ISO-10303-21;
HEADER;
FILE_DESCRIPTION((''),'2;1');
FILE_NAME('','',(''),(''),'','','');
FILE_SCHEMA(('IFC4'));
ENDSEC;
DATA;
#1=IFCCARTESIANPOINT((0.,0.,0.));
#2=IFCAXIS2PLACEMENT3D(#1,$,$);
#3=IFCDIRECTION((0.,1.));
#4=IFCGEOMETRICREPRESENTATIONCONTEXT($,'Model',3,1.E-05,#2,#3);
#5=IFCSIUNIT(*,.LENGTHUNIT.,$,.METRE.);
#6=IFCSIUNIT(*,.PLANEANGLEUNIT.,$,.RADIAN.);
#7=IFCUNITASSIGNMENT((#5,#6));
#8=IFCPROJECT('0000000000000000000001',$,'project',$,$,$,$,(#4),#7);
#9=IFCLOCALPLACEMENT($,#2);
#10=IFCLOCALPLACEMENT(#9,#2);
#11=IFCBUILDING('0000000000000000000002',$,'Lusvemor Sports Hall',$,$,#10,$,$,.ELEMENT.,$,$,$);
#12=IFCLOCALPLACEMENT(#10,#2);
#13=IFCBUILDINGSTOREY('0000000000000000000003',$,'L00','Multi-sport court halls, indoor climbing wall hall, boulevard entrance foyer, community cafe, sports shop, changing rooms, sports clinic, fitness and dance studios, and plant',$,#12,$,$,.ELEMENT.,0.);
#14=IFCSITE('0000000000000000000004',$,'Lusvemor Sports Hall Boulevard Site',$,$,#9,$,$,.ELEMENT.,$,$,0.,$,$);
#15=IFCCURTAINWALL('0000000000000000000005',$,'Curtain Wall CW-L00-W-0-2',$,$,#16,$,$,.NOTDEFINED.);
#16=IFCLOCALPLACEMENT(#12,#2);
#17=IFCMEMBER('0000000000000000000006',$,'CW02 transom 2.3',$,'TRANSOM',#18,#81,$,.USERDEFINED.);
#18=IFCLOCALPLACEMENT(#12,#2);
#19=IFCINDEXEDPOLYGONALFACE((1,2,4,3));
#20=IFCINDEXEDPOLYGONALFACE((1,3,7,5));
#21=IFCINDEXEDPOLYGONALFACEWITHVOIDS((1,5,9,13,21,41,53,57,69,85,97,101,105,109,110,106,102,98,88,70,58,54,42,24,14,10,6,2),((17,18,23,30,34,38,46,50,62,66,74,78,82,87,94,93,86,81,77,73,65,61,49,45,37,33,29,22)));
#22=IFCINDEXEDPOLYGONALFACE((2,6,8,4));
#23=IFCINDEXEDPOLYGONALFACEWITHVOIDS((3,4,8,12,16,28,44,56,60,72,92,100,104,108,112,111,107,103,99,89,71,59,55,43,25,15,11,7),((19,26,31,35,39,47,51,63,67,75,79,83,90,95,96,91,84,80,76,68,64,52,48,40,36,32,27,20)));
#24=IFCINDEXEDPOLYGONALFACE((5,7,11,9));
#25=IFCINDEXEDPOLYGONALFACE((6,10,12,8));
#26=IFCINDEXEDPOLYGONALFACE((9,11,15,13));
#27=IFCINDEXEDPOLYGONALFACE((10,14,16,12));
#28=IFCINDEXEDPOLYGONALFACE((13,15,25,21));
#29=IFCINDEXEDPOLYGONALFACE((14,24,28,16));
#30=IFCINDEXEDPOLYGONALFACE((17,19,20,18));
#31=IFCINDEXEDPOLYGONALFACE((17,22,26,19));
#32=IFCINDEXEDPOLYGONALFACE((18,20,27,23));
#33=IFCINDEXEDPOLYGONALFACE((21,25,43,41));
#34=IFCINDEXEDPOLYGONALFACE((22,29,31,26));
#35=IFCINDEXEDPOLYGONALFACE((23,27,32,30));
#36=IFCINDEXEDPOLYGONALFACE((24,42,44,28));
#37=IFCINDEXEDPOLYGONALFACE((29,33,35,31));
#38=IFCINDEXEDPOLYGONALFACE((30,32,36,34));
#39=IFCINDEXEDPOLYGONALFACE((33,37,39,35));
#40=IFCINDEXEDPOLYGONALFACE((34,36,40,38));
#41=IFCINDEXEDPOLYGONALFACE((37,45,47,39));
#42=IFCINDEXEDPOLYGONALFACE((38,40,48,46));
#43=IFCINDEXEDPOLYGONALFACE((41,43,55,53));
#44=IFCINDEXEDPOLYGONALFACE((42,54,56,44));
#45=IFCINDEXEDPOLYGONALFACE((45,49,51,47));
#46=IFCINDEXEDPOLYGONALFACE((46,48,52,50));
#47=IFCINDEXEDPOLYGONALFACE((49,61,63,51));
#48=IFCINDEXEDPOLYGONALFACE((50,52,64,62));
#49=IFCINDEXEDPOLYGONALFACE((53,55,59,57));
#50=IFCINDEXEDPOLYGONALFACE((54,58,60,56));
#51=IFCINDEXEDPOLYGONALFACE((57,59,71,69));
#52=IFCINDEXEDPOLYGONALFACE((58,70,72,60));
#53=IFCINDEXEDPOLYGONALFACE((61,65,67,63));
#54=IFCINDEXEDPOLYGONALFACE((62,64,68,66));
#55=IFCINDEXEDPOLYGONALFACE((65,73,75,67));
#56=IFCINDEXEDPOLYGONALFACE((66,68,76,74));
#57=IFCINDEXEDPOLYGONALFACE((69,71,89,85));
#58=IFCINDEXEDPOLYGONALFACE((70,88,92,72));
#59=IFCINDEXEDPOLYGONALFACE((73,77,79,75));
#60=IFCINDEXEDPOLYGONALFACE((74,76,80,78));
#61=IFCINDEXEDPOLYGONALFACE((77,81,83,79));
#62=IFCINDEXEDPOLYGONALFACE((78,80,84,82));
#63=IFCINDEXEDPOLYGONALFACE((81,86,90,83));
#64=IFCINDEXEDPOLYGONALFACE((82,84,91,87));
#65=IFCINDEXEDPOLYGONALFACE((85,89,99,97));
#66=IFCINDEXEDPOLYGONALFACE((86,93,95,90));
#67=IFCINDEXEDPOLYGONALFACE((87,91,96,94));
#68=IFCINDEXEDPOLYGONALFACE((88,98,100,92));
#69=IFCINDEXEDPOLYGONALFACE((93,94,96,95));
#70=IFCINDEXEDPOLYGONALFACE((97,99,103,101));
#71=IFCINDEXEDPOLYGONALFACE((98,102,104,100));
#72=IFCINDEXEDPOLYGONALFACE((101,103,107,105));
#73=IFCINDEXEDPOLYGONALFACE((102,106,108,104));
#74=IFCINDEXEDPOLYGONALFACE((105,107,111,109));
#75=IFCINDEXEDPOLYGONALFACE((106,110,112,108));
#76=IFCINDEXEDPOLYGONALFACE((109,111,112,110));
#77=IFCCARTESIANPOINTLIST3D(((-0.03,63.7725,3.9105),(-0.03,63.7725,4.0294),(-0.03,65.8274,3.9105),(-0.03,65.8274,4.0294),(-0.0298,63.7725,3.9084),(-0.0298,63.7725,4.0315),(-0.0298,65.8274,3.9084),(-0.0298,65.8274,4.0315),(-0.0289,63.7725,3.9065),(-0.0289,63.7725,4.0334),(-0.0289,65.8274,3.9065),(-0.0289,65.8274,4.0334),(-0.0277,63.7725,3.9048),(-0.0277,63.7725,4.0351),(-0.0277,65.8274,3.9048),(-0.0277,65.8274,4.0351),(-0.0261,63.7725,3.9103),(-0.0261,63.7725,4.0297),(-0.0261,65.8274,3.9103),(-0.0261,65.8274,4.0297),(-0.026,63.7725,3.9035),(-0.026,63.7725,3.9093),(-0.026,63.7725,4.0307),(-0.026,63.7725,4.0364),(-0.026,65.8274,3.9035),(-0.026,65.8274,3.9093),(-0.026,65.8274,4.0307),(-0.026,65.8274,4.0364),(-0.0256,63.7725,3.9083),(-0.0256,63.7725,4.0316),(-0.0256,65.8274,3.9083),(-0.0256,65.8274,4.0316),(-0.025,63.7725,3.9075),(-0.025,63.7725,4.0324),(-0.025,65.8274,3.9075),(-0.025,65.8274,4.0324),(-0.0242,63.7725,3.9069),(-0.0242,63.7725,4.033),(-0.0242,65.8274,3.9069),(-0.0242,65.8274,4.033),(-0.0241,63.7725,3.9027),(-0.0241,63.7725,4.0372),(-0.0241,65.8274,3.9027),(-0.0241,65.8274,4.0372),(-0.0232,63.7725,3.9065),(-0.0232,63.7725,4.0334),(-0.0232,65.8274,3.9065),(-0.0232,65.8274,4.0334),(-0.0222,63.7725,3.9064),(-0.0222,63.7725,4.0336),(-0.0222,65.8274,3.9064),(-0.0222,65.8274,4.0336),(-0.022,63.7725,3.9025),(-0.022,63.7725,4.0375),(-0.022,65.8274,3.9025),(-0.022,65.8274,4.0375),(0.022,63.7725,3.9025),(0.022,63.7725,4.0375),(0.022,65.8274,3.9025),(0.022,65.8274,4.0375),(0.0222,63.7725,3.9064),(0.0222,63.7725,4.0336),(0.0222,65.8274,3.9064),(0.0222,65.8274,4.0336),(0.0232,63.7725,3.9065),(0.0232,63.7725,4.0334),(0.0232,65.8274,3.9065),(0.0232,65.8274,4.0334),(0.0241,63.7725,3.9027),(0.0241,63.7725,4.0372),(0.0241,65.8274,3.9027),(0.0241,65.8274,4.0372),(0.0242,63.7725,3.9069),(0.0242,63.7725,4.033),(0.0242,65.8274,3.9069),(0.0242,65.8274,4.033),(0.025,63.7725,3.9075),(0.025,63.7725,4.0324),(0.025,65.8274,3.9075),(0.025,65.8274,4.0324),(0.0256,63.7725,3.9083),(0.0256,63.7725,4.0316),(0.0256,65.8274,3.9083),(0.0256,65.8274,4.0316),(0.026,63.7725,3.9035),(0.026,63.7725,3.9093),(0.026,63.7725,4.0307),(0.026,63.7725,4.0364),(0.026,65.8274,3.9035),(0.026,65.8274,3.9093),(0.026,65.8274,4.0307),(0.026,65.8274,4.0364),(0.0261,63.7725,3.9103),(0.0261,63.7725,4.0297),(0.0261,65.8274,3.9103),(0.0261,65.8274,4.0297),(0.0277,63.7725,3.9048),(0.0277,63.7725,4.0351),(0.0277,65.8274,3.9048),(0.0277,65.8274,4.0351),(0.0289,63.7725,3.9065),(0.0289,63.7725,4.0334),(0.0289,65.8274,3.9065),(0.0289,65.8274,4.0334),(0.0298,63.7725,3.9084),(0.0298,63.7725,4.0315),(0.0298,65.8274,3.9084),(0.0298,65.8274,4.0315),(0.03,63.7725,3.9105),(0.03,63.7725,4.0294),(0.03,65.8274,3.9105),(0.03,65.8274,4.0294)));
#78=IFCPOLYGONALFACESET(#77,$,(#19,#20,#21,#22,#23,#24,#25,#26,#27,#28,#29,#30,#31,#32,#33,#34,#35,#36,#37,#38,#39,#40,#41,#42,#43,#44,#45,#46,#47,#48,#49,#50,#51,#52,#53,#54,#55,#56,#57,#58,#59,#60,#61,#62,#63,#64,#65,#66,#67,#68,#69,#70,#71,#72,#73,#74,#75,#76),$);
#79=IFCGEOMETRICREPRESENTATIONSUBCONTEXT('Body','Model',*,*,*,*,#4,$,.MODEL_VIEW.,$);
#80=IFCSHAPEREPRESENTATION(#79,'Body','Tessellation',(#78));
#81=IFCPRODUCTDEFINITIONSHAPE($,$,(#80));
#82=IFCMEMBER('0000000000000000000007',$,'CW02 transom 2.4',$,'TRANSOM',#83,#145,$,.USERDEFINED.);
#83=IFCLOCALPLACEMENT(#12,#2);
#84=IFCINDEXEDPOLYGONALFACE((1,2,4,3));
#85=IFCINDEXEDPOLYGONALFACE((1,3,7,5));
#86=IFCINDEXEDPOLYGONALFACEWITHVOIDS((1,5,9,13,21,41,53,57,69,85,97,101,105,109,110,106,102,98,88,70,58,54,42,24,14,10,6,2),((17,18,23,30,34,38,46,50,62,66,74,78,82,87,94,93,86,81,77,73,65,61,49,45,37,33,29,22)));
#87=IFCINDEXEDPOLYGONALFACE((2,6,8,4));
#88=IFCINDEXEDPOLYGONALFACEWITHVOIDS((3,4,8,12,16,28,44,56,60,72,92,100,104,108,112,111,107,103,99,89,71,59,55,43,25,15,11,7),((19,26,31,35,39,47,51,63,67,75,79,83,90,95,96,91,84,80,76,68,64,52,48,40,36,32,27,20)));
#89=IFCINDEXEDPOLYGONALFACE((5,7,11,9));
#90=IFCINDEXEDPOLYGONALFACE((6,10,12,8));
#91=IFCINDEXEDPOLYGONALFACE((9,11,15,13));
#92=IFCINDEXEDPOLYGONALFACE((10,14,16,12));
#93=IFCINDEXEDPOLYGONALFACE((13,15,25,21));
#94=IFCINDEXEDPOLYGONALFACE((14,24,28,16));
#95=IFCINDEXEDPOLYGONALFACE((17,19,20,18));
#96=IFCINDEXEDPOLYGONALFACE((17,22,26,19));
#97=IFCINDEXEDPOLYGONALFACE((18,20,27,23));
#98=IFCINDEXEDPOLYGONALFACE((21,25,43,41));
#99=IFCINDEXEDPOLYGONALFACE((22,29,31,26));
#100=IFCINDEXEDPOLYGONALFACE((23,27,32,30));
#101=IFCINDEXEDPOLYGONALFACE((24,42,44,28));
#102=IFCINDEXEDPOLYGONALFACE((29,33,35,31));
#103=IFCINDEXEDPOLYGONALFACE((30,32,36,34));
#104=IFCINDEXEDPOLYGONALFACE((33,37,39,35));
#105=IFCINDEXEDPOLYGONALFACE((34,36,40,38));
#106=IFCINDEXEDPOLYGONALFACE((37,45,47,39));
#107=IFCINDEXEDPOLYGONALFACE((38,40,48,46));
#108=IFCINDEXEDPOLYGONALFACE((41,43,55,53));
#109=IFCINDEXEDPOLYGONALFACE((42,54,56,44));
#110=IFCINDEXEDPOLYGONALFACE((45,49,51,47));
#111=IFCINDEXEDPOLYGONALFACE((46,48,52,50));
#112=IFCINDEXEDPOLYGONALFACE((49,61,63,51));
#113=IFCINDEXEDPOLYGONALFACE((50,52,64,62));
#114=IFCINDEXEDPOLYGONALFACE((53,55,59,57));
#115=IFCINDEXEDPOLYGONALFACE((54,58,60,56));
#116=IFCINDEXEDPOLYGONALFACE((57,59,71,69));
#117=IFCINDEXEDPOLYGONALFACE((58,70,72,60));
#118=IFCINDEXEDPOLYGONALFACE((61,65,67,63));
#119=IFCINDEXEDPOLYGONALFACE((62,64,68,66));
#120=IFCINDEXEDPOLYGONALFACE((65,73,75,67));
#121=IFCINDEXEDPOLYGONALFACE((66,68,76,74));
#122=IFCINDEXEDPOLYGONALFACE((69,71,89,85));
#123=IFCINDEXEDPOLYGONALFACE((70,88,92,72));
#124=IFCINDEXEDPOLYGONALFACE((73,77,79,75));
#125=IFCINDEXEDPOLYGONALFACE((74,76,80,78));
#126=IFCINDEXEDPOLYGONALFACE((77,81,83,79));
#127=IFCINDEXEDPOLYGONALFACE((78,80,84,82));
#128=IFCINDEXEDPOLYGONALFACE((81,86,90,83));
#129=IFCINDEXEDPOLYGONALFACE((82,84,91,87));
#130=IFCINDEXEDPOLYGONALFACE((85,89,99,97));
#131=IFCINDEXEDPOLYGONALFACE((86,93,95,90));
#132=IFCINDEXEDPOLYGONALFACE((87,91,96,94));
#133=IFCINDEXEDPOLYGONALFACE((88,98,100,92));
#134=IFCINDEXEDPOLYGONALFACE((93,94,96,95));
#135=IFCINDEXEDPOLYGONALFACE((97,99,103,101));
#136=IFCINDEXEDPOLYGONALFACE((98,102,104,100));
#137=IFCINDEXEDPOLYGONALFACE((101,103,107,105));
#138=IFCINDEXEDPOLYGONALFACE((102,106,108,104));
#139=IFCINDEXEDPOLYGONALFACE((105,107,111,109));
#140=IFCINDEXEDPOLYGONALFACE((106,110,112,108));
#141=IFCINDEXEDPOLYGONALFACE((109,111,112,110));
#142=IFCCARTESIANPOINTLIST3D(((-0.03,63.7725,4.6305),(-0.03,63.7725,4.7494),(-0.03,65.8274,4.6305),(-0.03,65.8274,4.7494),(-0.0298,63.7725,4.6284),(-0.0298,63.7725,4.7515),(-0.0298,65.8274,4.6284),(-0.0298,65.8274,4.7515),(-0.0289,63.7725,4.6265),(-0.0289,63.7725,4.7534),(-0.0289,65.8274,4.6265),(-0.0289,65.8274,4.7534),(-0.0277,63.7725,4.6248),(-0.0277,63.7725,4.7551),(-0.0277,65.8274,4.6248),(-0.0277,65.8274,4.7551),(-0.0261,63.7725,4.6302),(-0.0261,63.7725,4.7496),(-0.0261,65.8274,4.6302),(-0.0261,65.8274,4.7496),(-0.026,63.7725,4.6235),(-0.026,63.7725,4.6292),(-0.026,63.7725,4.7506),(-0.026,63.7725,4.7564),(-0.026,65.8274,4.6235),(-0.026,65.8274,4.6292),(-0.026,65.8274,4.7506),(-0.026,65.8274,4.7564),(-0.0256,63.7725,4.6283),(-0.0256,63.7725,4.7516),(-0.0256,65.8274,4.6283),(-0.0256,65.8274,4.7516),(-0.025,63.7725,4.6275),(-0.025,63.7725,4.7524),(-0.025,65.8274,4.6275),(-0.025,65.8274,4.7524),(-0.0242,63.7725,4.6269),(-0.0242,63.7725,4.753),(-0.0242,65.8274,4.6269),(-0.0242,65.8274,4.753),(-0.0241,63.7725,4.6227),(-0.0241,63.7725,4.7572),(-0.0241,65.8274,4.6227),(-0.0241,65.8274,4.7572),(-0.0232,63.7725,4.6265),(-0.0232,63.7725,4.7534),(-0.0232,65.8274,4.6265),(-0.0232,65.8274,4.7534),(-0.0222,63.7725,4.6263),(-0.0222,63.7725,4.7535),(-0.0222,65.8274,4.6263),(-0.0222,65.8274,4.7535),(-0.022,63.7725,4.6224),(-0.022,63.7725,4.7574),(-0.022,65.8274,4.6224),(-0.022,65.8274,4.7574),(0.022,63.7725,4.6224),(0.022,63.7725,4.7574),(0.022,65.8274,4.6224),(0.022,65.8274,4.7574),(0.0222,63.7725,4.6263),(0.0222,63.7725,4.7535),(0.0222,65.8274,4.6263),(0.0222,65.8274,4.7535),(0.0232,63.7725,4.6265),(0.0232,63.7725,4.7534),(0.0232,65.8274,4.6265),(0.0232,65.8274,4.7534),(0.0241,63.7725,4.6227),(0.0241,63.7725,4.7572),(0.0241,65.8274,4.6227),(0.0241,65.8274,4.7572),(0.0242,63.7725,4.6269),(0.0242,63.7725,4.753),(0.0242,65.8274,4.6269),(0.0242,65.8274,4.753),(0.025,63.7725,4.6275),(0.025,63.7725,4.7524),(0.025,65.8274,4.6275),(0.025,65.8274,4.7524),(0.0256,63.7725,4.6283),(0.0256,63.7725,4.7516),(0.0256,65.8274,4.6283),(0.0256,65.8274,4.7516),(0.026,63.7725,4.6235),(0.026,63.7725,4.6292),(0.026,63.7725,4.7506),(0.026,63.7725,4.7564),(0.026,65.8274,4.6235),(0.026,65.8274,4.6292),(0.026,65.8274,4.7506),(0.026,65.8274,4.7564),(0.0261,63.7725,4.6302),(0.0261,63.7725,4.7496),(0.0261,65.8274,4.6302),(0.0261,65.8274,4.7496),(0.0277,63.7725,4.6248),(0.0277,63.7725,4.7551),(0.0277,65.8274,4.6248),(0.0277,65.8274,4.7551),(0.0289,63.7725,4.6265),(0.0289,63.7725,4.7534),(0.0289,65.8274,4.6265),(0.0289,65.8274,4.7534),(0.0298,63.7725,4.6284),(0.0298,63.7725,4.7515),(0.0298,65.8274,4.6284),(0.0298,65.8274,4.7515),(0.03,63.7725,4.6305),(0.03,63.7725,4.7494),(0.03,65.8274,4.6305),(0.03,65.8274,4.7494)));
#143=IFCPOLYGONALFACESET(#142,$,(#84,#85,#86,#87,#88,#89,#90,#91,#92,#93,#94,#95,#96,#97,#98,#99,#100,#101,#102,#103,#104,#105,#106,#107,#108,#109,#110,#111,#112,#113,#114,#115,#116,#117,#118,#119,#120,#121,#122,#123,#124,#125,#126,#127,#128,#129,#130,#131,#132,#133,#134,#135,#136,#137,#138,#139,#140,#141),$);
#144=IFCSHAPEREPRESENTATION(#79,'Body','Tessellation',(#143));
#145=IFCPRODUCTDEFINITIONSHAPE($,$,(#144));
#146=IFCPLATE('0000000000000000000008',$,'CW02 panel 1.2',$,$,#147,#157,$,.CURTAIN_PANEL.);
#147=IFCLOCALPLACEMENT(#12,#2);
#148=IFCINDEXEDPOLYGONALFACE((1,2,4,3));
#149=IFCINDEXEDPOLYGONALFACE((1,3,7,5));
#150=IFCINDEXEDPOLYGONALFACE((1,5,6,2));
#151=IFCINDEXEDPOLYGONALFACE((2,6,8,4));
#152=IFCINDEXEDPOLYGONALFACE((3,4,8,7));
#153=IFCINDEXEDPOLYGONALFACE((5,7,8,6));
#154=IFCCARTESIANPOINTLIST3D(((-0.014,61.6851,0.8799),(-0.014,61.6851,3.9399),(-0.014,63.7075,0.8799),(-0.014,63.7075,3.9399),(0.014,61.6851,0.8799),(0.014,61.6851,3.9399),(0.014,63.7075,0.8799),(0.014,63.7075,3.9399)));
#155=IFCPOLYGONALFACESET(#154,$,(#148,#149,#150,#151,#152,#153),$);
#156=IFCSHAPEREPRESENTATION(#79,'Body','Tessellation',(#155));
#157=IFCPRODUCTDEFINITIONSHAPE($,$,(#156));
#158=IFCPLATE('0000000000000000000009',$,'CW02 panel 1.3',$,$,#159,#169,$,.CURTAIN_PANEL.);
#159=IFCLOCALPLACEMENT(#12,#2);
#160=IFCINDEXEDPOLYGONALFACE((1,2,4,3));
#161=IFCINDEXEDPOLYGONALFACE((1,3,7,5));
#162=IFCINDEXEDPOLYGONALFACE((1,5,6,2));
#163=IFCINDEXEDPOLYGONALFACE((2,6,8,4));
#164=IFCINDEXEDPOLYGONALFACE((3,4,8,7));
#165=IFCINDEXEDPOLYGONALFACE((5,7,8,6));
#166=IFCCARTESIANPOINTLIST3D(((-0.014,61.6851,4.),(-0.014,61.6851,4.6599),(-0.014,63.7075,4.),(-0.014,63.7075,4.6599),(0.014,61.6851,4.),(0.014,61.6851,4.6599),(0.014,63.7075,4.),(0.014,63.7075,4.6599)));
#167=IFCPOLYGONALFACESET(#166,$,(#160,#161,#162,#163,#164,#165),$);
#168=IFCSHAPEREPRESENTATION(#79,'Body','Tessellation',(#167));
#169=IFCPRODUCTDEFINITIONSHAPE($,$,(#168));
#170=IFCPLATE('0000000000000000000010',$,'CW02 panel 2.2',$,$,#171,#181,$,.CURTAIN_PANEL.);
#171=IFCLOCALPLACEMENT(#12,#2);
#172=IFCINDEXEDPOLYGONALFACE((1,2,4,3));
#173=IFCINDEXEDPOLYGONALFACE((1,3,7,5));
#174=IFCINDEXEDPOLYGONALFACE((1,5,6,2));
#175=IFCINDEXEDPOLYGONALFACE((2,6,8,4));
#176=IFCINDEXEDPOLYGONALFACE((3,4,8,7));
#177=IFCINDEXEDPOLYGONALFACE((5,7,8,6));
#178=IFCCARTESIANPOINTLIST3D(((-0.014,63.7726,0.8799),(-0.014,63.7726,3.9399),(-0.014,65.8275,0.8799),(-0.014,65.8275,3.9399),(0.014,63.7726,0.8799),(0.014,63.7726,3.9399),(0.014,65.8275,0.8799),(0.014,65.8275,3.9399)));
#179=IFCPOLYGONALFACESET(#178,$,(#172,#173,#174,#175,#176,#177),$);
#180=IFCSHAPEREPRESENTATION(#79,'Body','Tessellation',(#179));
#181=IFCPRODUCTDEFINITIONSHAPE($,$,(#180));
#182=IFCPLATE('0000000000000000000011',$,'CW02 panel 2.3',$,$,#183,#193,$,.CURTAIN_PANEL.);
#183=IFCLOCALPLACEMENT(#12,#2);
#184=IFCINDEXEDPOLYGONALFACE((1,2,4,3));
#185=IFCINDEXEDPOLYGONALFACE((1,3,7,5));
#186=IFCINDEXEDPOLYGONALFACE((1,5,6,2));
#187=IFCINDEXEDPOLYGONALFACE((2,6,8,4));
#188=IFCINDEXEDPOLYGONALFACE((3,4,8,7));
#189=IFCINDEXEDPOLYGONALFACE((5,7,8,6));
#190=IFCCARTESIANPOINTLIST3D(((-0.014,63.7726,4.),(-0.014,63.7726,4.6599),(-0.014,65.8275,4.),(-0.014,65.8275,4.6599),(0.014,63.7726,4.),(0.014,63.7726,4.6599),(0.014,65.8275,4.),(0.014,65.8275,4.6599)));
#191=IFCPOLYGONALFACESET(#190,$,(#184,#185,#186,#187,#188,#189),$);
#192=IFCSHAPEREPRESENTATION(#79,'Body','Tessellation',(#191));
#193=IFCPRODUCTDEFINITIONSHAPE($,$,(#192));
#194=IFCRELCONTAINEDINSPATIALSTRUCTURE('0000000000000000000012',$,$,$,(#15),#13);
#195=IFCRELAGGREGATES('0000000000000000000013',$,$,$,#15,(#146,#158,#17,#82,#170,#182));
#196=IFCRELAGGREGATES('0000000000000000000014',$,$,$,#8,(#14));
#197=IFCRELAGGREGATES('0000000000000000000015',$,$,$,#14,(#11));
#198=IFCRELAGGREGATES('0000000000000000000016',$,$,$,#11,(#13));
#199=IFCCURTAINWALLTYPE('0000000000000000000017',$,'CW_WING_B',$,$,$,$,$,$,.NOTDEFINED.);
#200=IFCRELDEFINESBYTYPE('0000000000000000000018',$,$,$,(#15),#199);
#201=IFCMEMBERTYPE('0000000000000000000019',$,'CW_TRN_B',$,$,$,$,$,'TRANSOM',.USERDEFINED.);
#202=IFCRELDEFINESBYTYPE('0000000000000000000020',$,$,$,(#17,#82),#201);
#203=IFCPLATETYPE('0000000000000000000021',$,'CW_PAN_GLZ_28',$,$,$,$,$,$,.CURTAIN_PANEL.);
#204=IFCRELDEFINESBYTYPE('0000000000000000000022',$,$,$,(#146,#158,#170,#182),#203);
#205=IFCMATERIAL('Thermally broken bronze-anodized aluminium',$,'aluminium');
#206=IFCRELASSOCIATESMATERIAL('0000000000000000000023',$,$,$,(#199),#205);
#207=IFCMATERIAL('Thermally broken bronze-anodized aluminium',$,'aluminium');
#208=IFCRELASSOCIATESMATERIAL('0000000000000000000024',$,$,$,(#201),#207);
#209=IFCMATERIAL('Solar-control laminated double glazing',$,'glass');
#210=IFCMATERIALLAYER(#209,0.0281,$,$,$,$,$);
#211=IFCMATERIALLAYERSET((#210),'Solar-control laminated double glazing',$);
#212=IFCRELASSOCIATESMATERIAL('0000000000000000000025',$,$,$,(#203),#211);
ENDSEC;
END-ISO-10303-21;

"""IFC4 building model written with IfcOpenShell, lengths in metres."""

from ifc_helpers import new_model, si_unit, direction, frame, origin, origin_2d, place, context, subcontext, project, spatial, rectangle, hollow_rectangle, extrude, material, layer, layer_set, material_profile, profile_set, type_object, element, aggregate, save


model = new_model("IFC4")

# Units and contexts
model_context = context("Model", 3, precision=1e-05, world=origin(), true_north=direction((0.0, 1.0)))
body_context = subcontext(model_context, "Body", "Model", "MODEL_VIEW")
ifc_project = project(units=[si_unit("LENGTHUNIT", "METRE"), si_unit("PLANEANGLEUNIT", "RADIAN")], contexts=[model_context])

# Site, building, storey
site_placement = place(None, origin())
site = spatial("IfcSite", under=ifc_project, at=site_placement, Name="Lusvemor Sports Hall Boulevard Site", CompositionType="ELEMENT", RefElevation=0.0)
building_placement = place(site_placement, origin())
building = spatial("IfcBuilding", under=site, at=building_placement, Name="Lusvemor Sports Hall", CompositionType="ELEMENT")
storey_placement = place(building_placement, origin())
storey = spatial("IfcBuildingStorey", under=building, at=storey_placement, Name="L00", Description="Multi-sport court halls, indoor climbing wall hall, boulevard entrance foyer, community cafe, sports shop, changing rooms, sports clinic, fitness and dance studios, and plant", CompositionType="ELEMENT", Elevation=0.0)

# Shared definitions
ifc_material_1 = material(Name="Thermally broken bronze-anodized aluminium", Category="aluminium")
curtain_wall_type = type_object("IfcCurtainWallType", Name="CW_WING_B", PredefinedType="NOTDEFINED", material=ifc_material_1)

# Curtain wall, members, plates
curtain_wall_1_placement = place(storey_placement, origin())
curtain_wall_1 = element("IfcCurtainWall", 1, at=curtain_wall_1_placement, inside=storey, type_object=curtain_wall_type, Name="Curtain Wall CW-L00-W-0-2", PredefinedType="NOTDEFINED")
ifc_material_2 = material(Name="Thermally broken bronze-anodized aluminium", Category="aluminium")
ifc_material_profile_1 = material_profile(ifc_material_2, hollow_rectangle(XDim=0.0601, YDim=0.135, WallThickness=0.0039, InnerFilletRadius=0.0039, OuterFilletRadius=0.0081, at=origin_2d()), Name="CWTRN135x60x4")
ifc_profile_set_1 = profile_set([ifc_material_profile_1], Name="Thermally broken bronze-anodized aluminium")
member_type_1 = type_object("IfcMemberType", Name="CW_TRN_B", ElementType="TRANSOM", PredefinedType="USERDEFINED", material=ifc_profile_set_1)
member_1_placement = place(storey_placement, frame((0.0, 63.7725, 3.97), z_axis=(0.0, 1.0, 0.0), x_axis=(-1.0, 0.0, 0.0)))
member_1 = element("IfcMember", 2, at=member_1_placement, type_object=member_type_1, Name="CW02 transom 2.3", ObjectType="TRANSOM", PredefinedType="USERDEFINED", context=body_context, shape_type="SweptSolid", body=[
    extrude(hollow_rectangle(XDim=0.0601, YDim=0.135, WallThickness=0.0039, InnerFilletRadius=0.0039, OuterFilletRadius=0.0081, at=origin_2d()), origin(), (0.0, 0.0, 1.0), 2.0549),
])
member_2_placement = place(storey_placement, frame((0.0, 63.7725, 4.6899), z_axis=(0.0, 1.0, 0.0), x_axis=(-1.0, 0.0, 0.0)))
member_2 = element("IfcMember", 3, at=member_2_placement, type_object=member_type_1, Name="CW02 transom 2.4", ObjectType="TRANSOM", PredefinedType="USERDEFINED", context=body_context, shape_type="SweptSolid", body=[
    extrude(hollow_rectangle(XDim=0.0601, YDim=0.135, WallThickness=0.0039, InnerFilletRadius=0.0039, OuterFilletRadius=0.0081, at=origin_2d()), origin(), (0.0, 0.0, 1.0), 2.0549),
])
ifc_material_3 = material(Name="Solar-control laminated double glazing", Category="glass")
ifc_layer_1 = layer(ifc_material_3, 0.0281)
ifc_layer_set_1 = layer_set([ifc_layer_1], Name="Solar-control laminated double glazing")
plate_type_1 = type_object("IfcPlateType", Name="CW_PAN_GLZ_28", PredefinedType="CURTAIN_PANEL", material=ifc_layer_set_1)
plate_1_placement = place(storey_placement, frame((0.0, 62.6963, 0.8799), z_axis=(0.0, 0.0, 1.0), x_axis=(0.0, 1.0, 0.0)))
plate_1 = element("IfcPlate", 4, at=plate_1_placement, type_object=plate_type_1, Name="CW02 panel 1.2", PredefinedType="CURTAIN_PANEL", context=body_context, shape_type="SweptSolid", body=[
    extrude(rectangle(XDim=2.0225, YDim=0.0281, at=origin_2d()), origin(), (0.0, 0.0, 1.0), 3.0601),
])
plate_2_placement = place(storey_placement, frame((0.0, 62.6963, 4.0), z_axis=(0.0, 0.0, 1.0), x_axis=(0.0, 1.0, 0.0)))
plate_2 = element("IfcPlate", 5, at=plate_2_placement, type_object=plate_type_1, Name="CW02 panel 1.3", PredefinedType="CURTAIN_PANEL", context=body_context, shape_type="SweptSolid", body=[
    extrude(rectangle(XDim=2.0225, YDim=0.0281, at=origin_2d()), origin(), (0.0, 0.0, 1.0), 0.6599),
])
plate_3_placement = place(storey_placement, frame((0.0, 64.8, 0.8799), z_axis=(0.0, 0.0, 1.0), x_axis=(0.0, 1.0, 0.0)))
plate_3 = element("IfcPlate", 6, at=plate_3_placement, type_object=plate_type_1, Name="CW02 panel 2.2", PredefinedType="CURTAIN_PANEL", context=body_context, shape_type="SweptSolid", body=[
    extrude(rectangle(XDim=2.0549, YDim=0.0281, at=origin_2d()), origin(), (0.0, 0.0, 1.0), 3.0601),
])
plate_4_placement = place(storey_placement, frame((0.0, 64.8, 4.0), z_axis=(0.0, 0.0, 1.0), x_axis=(0.0, 1.0, 0.0)))
plate_4 = element("IfcPlate", 7, at=plate_4_placement, type_object=plate_type_1, Name="CW02 panel 2.3", PredefinedType="CURTAIN_PANEL", context=body_context, shape_type="SweptSolid", body=[
    extrude(rectangle(XDim=2.0549, YDim=0.0281, at=origin_2d()), origin(), (0.0, 0.0, 1.0), 0.6599),
])
aggregate(curtain_wall_1, [plate_1, plate_2, member_1, member_2, plate_3, plate_4])

save(model, "model.ifc")
